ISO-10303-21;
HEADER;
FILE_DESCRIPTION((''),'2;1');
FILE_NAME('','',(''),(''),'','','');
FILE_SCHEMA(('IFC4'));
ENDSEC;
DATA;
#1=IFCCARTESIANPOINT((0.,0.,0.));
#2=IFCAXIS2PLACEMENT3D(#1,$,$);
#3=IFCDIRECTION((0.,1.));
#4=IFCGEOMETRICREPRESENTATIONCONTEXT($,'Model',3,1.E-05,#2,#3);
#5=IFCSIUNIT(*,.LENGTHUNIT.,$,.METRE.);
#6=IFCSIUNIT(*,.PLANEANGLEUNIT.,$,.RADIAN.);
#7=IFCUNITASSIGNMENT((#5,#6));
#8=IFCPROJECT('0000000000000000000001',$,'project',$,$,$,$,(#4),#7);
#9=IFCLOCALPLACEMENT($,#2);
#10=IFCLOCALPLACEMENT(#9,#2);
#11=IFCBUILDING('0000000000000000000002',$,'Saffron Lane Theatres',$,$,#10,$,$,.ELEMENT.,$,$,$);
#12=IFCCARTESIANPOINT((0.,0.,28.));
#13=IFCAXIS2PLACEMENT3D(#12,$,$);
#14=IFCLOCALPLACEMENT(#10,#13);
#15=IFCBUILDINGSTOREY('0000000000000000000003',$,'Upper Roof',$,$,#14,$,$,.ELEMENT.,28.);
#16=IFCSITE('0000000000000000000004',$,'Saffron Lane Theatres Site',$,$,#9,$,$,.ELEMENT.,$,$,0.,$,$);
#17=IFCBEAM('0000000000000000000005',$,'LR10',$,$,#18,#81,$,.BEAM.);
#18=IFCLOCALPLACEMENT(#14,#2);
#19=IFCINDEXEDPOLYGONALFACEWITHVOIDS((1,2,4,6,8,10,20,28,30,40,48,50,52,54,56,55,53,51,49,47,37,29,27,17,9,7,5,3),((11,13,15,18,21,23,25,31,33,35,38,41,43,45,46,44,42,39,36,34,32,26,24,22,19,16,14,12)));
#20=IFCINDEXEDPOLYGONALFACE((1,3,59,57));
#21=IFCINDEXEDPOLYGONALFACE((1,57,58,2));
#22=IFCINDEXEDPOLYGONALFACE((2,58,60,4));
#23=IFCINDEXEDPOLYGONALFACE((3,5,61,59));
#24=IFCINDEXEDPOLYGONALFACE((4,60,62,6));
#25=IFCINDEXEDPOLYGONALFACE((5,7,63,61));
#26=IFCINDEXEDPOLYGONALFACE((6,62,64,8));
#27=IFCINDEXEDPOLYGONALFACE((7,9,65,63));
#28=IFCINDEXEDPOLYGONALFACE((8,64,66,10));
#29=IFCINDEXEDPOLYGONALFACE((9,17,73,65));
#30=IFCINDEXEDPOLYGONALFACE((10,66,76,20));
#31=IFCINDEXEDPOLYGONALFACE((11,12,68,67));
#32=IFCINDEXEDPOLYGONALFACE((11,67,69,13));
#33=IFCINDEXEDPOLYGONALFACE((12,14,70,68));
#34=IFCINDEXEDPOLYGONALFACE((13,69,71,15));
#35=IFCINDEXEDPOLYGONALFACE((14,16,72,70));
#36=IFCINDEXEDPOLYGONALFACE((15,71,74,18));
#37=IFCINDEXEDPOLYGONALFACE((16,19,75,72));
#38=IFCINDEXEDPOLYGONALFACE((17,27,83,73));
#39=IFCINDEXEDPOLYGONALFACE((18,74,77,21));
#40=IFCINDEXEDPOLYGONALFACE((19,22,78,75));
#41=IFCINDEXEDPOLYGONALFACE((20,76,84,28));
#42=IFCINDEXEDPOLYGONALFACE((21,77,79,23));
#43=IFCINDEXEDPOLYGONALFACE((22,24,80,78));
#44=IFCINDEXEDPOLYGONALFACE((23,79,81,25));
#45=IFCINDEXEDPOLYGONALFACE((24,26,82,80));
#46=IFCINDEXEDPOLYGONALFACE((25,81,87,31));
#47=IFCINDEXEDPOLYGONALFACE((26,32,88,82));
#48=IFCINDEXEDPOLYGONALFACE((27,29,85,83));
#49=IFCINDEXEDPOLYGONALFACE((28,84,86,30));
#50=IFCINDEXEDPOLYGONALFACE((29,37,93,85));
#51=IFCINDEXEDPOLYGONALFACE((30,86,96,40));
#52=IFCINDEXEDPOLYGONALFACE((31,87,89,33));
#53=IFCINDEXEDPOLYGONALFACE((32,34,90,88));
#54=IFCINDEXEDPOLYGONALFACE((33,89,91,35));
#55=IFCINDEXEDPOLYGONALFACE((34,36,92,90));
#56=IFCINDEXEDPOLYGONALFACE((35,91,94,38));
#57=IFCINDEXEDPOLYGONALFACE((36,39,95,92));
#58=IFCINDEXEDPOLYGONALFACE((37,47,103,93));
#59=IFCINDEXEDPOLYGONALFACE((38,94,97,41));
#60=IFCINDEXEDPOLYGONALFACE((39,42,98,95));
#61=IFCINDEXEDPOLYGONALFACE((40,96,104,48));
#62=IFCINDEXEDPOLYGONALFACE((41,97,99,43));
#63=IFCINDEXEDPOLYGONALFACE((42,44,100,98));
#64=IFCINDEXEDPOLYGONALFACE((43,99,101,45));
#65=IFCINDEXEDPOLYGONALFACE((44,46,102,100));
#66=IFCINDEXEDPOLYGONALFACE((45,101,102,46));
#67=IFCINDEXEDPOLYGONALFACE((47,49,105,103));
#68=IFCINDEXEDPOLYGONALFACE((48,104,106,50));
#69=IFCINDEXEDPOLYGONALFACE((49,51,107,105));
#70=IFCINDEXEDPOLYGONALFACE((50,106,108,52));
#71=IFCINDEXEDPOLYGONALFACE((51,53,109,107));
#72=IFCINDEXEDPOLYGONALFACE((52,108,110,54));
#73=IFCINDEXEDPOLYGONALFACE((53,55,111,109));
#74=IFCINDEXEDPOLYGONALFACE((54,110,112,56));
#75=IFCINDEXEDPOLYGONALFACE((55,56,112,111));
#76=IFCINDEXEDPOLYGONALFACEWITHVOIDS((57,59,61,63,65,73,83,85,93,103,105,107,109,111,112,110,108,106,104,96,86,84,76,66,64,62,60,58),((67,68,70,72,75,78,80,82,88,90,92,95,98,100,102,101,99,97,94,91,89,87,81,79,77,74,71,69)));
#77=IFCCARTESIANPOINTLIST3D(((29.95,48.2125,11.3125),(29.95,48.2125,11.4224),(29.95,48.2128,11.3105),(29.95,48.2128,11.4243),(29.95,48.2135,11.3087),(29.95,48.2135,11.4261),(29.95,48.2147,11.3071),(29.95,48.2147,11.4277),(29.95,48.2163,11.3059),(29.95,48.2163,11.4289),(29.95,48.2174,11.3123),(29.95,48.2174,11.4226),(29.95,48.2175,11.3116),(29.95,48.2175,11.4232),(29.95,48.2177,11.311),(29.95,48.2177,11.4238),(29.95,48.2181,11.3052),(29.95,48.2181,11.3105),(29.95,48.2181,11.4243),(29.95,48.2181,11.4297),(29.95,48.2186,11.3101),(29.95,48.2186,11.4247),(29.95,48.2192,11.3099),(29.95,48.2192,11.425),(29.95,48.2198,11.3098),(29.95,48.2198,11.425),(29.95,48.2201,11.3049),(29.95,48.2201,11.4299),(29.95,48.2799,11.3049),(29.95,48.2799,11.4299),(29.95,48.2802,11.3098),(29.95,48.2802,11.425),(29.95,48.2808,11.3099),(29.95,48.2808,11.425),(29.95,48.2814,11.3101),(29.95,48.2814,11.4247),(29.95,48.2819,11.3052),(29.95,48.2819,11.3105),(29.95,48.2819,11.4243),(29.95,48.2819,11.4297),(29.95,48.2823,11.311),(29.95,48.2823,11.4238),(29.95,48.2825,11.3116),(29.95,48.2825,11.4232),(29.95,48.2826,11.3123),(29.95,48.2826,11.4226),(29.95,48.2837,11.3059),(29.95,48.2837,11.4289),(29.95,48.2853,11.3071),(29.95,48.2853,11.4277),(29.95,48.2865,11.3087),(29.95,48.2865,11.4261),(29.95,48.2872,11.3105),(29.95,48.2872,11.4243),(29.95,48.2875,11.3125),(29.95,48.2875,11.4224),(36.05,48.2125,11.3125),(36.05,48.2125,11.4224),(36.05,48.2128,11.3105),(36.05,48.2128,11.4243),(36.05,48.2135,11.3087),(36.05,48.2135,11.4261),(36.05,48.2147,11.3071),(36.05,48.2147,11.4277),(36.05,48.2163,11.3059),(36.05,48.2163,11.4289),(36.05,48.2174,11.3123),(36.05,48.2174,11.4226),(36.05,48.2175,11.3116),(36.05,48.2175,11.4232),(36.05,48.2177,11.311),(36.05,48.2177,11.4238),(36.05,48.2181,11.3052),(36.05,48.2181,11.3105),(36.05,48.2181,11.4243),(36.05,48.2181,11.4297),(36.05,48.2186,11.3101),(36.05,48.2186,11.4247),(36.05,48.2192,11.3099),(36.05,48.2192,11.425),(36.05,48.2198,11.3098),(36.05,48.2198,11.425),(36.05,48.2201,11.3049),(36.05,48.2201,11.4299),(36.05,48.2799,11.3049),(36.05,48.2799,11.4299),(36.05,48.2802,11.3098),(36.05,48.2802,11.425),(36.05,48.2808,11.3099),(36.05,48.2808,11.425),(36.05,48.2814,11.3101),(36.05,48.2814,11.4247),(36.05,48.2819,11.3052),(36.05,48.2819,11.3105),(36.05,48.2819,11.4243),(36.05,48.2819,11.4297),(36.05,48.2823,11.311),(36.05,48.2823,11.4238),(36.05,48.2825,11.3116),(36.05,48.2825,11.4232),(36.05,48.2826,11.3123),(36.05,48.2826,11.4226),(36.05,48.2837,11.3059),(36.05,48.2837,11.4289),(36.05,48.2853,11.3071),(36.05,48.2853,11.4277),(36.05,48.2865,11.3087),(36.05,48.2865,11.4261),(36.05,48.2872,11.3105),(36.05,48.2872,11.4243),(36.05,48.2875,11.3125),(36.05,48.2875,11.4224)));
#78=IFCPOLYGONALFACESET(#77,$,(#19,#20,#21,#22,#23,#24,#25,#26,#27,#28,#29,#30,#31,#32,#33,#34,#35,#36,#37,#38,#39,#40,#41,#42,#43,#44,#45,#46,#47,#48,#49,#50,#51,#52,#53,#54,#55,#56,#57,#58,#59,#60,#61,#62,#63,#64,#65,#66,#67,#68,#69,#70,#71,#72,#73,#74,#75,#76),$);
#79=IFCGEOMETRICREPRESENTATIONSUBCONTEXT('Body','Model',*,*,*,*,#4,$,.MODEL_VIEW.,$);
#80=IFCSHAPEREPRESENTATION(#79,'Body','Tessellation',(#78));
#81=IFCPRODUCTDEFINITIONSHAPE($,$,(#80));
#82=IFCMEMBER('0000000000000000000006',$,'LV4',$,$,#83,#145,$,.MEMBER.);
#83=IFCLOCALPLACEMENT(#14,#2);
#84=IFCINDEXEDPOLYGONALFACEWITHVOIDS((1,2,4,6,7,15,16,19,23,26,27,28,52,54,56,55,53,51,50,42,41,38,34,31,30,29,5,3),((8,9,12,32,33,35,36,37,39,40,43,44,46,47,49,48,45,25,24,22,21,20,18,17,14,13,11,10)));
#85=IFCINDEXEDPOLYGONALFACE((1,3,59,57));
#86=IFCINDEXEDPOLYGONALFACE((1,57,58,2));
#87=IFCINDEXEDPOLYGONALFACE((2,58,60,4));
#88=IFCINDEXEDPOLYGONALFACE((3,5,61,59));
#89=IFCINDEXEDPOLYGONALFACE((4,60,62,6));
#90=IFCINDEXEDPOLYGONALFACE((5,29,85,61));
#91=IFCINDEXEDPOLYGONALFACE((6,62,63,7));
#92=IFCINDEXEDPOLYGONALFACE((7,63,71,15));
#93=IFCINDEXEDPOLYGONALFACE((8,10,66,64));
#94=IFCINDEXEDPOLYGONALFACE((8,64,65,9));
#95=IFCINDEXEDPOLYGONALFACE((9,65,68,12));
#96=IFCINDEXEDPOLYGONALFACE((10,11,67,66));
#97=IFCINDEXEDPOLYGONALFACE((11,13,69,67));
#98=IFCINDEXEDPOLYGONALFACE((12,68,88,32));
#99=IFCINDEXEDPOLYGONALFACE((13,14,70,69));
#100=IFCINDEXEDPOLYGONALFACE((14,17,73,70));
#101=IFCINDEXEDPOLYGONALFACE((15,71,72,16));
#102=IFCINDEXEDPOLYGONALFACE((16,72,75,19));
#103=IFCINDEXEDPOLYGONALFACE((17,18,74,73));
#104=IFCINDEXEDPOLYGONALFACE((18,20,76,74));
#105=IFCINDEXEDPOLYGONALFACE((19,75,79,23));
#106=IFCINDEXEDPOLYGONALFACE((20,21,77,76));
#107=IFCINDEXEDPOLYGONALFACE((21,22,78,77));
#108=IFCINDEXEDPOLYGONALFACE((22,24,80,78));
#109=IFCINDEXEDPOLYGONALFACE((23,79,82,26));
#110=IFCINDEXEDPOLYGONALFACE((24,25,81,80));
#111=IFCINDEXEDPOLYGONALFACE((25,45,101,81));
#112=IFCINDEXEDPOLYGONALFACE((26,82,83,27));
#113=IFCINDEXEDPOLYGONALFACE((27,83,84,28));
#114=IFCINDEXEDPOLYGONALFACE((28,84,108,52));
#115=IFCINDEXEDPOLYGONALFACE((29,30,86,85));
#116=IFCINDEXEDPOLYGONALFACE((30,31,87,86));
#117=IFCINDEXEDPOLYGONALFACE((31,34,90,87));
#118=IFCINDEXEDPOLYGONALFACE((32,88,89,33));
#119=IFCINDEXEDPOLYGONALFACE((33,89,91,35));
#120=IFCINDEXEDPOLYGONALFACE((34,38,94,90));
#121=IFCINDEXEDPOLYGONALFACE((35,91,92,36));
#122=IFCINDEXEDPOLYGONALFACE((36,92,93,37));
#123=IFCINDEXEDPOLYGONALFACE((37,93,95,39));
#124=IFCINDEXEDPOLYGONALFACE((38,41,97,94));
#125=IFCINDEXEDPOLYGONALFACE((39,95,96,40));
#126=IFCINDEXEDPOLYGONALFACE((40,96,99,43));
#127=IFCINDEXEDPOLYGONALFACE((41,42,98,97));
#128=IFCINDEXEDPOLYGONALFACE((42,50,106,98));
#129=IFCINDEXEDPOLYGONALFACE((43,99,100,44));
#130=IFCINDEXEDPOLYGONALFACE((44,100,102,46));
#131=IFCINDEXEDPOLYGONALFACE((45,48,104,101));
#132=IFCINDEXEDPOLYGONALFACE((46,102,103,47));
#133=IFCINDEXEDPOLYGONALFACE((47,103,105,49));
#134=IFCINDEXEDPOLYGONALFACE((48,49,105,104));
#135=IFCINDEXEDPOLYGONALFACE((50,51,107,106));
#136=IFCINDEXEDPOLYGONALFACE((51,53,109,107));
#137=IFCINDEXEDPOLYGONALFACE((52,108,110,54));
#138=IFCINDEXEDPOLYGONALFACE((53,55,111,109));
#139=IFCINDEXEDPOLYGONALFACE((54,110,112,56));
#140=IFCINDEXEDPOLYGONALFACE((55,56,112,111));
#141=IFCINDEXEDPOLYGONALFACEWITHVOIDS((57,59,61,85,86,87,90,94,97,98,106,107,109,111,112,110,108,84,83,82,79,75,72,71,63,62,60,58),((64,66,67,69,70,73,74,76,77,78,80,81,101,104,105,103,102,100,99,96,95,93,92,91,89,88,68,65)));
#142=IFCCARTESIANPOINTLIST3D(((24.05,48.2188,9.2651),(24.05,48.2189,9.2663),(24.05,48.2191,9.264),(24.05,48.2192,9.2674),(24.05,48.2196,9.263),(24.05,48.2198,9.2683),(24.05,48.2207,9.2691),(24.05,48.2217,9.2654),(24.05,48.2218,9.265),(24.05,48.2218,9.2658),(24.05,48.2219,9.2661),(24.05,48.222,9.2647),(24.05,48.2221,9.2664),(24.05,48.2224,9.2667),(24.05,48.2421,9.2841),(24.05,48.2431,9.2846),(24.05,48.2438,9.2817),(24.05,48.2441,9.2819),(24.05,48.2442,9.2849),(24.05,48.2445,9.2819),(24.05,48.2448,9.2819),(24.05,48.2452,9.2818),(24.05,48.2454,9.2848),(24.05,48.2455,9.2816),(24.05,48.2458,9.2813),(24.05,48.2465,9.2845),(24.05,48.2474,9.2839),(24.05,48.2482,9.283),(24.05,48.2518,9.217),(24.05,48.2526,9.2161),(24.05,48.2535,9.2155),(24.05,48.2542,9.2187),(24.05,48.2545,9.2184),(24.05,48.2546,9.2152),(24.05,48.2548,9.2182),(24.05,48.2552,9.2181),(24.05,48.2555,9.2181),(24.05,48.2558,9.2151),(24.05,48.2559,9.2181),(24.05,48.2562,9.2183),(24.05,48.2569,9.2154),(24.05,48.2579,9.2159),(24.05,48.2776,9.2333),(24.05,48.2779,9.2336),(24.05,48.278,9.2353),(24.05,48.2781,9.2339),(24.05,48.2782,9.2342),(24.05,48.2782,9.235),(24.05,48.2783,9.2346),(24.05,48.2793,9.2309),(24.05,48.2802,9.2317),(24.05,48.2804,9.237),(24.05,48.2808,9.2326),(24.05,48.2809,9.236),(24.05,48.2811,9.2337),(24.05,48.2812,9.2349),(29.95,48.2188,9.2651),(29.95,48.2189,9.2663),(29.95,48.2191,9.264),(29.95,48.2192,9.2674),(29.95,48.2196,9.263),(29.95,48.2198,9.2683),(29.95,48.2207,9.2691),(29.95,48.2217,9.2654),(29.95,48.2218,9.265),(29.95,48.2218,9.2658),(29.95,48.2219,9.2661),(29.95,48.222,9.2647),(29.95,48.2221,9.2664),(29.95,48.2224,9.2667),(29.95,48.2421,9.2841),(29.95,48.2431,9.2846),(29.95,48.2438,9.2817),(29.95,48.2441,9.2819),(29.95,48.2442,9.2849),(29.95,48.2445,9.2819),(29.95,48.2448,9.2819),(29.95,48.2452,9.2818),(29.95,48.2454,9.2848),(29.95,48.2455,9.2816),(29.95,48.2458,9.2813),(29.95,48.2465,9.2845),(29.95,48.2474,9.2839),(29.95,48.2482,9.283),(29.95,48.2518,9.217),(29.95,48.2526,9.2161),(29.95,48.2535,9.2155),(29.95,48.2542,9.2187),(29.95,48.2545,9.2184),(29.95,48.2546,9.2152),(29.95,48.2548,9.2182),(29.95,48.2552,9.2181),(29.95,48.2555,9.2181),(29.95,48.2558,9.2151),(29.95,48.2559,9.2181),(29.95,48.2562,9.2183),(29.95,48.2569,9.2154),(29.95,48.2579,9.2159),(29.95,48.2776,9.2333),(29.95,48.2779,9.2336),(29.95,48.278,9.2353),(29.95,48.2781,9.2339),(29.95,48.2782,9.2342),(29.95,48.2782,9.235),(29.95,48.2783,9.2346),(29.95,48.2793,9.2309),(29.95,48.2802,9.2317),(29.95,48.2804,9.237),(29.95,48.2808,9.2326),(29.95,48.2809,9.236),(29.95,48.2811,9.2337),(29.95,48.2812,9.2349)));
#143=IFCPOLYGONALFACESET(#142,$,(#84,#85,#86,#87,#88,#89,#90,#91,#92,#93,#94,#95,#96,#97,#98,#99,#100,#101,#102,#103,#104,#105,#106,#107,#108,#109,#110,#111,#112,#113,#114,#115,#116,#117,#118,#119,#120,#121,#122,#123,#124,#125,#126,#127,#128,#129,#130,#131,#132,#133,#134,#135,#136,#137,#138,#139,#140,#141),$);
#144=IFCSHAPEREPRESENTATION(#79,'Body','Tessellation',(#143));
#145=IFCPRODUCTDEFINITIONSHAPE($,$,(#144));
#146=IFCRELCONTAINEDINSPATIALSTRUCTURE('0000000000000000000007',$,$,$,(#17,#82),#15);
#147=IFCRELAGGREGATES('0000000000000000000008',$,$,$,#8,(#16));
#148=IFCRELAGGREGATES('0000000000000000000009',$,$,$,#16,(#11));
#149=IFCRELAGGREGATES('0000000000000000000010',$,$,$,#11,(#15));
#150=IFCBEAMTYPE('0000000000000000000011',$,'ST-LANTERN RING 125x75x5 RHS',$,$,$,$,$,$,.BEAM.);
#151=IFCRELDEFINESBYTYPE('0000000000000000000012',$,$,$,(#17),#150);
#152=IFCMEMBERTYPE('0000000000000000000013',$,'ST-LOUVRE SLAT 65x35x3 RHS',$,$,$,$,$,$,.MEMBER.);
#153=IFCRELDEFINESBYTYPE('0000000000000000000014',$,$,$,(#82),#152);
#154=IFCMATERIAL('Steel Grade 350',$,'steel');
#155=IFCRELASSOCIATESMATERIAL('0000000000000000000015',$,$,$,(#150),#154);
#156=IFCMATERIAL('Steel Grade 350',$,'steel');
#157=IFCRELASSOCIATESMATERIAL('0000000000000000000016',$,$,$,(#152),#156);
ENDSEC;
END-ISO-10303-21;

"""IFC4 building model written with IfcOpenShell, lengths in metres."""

from ifc_helpers import new_model, si_unit, direction, frame, origin, origin_2d, place, context, subcontext, project, spatial, hollow_rectangle, extrude, material, material_profile, profile_set, type_object, element, save


model = new_model("IFC4")

# Units and contexts
model_context = context("Model", 3, precision=1e-05, world=origin(), true_north=direction((0.0, 1.0)))
body_context = subcontext(model_context, "Body", "Model", "MODEL_VIEW")
ifc_project = project(units=[si_unit("LENGTHUNIT", "METRE"), si_unit("PLANEANGLEUNIT", "RADIAN")], contexts=[model_context])

# Site, building, storey
site_placement = place(None, origin())
site = spatial("IfcSite", under=ifc_project, at=site_placement, Name="Saffron Lane Theatres Site", CompositionType="ELEMENT", RefElevation=0.0)
building_placement = place(site_placement, origin())
building = spatial("IfcBuilding", under=site, at=building_placement, Name="Saffron Lane Theatres", CompositionType="ELEMENT")
storey_placement = place(building_placement, frame((0.0, 0.0, 28.0)))
storey = spatial("IfcBuildingStorey", under=building, at=storey_placement, Name="Upper Roof", CompositionType="ELEMENT", Elevation=28.0)

# Beam
ifc_material_1 = material(Name="Steel Grade 350", Category="steel")
ifc_material_profile_1 = material_profile(ifc_material_1, hollow_rectangle(XDim=0.075, YDim=0.125, WallThickness=0.0049, InnerFilletRadius=0.0024, OuterFilletRadius=0.0076, at=origin_2d()))
ifc_profile_set_1 = profile_set([ifc_material_profile_1], Name="Steel Grade 350")
beam_type_1 = type_object("IfcBeamType", Name="ST-LANTERN RING 125x75x5 RHS", PredefinedType="BEAM", material=ifc_profile_set_1)
beam_1_placement = place(storey_placement, frame((29.95, 48.25, 11.3674), z_axis=(1.0, 0.0, 0.0), x_axis=(0.0, 1.0, 0.0)))
element("IfcBeam", 1, at=beam_1_placement, inside=storey, type_object=beam_type_1, Name="LR10", PredefinedType="BEAM", context=body_context, shape_type="SweptSolid", body=[
    extrude(hollow_rectangle(XDim=0.075, YDim=0.125, WallThickness=0.0049, InnerFilletRadius=0.0024, OuterFilletRadius=0.0076, at=origin_2d()), origin(), (0.0, 0.0, 1.0), 6.1001),
])

# Member
ifc_material_2 = material(Name="Steel Grade 350", Category="steel")
ifc_material_profile_2 = material_profile(ifc_material_2, hollow_rectangle(XDim=0.0349, YDim=0.0649, WallThickness=0.0029, InnerFilletRadius=0.0015, OuterFilletRadius=0.0044, at=origin_2d()))
ifc_profile_set_2 = profile_set([ifc_material_profile_2], Name="Steel Grade 350")
member_type_1 = type_object("IfcMemberType", Name="ST-LOUVRE SLAT 65x35x3 RHS", PredefinedType="MEMBER", material=ifc_profile_set_2)
for number, where, z_axis, x_axis, name in (
    (2, (24.05, 48.25, 9.25), (1.0, 0.0, 0.0), (0.0, 0.819152, 0.573576), "LV4"),
):
    element("IfcMember", number, at=place(storey_placement, frame(where, z_axis=z_axis, x_axis=x_axis)), inside=storey, type_object=member_type_1, Name=name, PredefinedType="MEMBER", context=body_context, shape_type="SweptSolid", body=[
        extrude(hollow_rectangle(XDim=0.0349, YDim=0.0649, WallThickness=0.0029, InnerFilletRadius=0.0015, OuterFilletRadius=0.0044, at=origin_2d()), origin(), (0.0, 0.0, 1.0), 5.8999),
    ])

save(model, "model.ifc")
